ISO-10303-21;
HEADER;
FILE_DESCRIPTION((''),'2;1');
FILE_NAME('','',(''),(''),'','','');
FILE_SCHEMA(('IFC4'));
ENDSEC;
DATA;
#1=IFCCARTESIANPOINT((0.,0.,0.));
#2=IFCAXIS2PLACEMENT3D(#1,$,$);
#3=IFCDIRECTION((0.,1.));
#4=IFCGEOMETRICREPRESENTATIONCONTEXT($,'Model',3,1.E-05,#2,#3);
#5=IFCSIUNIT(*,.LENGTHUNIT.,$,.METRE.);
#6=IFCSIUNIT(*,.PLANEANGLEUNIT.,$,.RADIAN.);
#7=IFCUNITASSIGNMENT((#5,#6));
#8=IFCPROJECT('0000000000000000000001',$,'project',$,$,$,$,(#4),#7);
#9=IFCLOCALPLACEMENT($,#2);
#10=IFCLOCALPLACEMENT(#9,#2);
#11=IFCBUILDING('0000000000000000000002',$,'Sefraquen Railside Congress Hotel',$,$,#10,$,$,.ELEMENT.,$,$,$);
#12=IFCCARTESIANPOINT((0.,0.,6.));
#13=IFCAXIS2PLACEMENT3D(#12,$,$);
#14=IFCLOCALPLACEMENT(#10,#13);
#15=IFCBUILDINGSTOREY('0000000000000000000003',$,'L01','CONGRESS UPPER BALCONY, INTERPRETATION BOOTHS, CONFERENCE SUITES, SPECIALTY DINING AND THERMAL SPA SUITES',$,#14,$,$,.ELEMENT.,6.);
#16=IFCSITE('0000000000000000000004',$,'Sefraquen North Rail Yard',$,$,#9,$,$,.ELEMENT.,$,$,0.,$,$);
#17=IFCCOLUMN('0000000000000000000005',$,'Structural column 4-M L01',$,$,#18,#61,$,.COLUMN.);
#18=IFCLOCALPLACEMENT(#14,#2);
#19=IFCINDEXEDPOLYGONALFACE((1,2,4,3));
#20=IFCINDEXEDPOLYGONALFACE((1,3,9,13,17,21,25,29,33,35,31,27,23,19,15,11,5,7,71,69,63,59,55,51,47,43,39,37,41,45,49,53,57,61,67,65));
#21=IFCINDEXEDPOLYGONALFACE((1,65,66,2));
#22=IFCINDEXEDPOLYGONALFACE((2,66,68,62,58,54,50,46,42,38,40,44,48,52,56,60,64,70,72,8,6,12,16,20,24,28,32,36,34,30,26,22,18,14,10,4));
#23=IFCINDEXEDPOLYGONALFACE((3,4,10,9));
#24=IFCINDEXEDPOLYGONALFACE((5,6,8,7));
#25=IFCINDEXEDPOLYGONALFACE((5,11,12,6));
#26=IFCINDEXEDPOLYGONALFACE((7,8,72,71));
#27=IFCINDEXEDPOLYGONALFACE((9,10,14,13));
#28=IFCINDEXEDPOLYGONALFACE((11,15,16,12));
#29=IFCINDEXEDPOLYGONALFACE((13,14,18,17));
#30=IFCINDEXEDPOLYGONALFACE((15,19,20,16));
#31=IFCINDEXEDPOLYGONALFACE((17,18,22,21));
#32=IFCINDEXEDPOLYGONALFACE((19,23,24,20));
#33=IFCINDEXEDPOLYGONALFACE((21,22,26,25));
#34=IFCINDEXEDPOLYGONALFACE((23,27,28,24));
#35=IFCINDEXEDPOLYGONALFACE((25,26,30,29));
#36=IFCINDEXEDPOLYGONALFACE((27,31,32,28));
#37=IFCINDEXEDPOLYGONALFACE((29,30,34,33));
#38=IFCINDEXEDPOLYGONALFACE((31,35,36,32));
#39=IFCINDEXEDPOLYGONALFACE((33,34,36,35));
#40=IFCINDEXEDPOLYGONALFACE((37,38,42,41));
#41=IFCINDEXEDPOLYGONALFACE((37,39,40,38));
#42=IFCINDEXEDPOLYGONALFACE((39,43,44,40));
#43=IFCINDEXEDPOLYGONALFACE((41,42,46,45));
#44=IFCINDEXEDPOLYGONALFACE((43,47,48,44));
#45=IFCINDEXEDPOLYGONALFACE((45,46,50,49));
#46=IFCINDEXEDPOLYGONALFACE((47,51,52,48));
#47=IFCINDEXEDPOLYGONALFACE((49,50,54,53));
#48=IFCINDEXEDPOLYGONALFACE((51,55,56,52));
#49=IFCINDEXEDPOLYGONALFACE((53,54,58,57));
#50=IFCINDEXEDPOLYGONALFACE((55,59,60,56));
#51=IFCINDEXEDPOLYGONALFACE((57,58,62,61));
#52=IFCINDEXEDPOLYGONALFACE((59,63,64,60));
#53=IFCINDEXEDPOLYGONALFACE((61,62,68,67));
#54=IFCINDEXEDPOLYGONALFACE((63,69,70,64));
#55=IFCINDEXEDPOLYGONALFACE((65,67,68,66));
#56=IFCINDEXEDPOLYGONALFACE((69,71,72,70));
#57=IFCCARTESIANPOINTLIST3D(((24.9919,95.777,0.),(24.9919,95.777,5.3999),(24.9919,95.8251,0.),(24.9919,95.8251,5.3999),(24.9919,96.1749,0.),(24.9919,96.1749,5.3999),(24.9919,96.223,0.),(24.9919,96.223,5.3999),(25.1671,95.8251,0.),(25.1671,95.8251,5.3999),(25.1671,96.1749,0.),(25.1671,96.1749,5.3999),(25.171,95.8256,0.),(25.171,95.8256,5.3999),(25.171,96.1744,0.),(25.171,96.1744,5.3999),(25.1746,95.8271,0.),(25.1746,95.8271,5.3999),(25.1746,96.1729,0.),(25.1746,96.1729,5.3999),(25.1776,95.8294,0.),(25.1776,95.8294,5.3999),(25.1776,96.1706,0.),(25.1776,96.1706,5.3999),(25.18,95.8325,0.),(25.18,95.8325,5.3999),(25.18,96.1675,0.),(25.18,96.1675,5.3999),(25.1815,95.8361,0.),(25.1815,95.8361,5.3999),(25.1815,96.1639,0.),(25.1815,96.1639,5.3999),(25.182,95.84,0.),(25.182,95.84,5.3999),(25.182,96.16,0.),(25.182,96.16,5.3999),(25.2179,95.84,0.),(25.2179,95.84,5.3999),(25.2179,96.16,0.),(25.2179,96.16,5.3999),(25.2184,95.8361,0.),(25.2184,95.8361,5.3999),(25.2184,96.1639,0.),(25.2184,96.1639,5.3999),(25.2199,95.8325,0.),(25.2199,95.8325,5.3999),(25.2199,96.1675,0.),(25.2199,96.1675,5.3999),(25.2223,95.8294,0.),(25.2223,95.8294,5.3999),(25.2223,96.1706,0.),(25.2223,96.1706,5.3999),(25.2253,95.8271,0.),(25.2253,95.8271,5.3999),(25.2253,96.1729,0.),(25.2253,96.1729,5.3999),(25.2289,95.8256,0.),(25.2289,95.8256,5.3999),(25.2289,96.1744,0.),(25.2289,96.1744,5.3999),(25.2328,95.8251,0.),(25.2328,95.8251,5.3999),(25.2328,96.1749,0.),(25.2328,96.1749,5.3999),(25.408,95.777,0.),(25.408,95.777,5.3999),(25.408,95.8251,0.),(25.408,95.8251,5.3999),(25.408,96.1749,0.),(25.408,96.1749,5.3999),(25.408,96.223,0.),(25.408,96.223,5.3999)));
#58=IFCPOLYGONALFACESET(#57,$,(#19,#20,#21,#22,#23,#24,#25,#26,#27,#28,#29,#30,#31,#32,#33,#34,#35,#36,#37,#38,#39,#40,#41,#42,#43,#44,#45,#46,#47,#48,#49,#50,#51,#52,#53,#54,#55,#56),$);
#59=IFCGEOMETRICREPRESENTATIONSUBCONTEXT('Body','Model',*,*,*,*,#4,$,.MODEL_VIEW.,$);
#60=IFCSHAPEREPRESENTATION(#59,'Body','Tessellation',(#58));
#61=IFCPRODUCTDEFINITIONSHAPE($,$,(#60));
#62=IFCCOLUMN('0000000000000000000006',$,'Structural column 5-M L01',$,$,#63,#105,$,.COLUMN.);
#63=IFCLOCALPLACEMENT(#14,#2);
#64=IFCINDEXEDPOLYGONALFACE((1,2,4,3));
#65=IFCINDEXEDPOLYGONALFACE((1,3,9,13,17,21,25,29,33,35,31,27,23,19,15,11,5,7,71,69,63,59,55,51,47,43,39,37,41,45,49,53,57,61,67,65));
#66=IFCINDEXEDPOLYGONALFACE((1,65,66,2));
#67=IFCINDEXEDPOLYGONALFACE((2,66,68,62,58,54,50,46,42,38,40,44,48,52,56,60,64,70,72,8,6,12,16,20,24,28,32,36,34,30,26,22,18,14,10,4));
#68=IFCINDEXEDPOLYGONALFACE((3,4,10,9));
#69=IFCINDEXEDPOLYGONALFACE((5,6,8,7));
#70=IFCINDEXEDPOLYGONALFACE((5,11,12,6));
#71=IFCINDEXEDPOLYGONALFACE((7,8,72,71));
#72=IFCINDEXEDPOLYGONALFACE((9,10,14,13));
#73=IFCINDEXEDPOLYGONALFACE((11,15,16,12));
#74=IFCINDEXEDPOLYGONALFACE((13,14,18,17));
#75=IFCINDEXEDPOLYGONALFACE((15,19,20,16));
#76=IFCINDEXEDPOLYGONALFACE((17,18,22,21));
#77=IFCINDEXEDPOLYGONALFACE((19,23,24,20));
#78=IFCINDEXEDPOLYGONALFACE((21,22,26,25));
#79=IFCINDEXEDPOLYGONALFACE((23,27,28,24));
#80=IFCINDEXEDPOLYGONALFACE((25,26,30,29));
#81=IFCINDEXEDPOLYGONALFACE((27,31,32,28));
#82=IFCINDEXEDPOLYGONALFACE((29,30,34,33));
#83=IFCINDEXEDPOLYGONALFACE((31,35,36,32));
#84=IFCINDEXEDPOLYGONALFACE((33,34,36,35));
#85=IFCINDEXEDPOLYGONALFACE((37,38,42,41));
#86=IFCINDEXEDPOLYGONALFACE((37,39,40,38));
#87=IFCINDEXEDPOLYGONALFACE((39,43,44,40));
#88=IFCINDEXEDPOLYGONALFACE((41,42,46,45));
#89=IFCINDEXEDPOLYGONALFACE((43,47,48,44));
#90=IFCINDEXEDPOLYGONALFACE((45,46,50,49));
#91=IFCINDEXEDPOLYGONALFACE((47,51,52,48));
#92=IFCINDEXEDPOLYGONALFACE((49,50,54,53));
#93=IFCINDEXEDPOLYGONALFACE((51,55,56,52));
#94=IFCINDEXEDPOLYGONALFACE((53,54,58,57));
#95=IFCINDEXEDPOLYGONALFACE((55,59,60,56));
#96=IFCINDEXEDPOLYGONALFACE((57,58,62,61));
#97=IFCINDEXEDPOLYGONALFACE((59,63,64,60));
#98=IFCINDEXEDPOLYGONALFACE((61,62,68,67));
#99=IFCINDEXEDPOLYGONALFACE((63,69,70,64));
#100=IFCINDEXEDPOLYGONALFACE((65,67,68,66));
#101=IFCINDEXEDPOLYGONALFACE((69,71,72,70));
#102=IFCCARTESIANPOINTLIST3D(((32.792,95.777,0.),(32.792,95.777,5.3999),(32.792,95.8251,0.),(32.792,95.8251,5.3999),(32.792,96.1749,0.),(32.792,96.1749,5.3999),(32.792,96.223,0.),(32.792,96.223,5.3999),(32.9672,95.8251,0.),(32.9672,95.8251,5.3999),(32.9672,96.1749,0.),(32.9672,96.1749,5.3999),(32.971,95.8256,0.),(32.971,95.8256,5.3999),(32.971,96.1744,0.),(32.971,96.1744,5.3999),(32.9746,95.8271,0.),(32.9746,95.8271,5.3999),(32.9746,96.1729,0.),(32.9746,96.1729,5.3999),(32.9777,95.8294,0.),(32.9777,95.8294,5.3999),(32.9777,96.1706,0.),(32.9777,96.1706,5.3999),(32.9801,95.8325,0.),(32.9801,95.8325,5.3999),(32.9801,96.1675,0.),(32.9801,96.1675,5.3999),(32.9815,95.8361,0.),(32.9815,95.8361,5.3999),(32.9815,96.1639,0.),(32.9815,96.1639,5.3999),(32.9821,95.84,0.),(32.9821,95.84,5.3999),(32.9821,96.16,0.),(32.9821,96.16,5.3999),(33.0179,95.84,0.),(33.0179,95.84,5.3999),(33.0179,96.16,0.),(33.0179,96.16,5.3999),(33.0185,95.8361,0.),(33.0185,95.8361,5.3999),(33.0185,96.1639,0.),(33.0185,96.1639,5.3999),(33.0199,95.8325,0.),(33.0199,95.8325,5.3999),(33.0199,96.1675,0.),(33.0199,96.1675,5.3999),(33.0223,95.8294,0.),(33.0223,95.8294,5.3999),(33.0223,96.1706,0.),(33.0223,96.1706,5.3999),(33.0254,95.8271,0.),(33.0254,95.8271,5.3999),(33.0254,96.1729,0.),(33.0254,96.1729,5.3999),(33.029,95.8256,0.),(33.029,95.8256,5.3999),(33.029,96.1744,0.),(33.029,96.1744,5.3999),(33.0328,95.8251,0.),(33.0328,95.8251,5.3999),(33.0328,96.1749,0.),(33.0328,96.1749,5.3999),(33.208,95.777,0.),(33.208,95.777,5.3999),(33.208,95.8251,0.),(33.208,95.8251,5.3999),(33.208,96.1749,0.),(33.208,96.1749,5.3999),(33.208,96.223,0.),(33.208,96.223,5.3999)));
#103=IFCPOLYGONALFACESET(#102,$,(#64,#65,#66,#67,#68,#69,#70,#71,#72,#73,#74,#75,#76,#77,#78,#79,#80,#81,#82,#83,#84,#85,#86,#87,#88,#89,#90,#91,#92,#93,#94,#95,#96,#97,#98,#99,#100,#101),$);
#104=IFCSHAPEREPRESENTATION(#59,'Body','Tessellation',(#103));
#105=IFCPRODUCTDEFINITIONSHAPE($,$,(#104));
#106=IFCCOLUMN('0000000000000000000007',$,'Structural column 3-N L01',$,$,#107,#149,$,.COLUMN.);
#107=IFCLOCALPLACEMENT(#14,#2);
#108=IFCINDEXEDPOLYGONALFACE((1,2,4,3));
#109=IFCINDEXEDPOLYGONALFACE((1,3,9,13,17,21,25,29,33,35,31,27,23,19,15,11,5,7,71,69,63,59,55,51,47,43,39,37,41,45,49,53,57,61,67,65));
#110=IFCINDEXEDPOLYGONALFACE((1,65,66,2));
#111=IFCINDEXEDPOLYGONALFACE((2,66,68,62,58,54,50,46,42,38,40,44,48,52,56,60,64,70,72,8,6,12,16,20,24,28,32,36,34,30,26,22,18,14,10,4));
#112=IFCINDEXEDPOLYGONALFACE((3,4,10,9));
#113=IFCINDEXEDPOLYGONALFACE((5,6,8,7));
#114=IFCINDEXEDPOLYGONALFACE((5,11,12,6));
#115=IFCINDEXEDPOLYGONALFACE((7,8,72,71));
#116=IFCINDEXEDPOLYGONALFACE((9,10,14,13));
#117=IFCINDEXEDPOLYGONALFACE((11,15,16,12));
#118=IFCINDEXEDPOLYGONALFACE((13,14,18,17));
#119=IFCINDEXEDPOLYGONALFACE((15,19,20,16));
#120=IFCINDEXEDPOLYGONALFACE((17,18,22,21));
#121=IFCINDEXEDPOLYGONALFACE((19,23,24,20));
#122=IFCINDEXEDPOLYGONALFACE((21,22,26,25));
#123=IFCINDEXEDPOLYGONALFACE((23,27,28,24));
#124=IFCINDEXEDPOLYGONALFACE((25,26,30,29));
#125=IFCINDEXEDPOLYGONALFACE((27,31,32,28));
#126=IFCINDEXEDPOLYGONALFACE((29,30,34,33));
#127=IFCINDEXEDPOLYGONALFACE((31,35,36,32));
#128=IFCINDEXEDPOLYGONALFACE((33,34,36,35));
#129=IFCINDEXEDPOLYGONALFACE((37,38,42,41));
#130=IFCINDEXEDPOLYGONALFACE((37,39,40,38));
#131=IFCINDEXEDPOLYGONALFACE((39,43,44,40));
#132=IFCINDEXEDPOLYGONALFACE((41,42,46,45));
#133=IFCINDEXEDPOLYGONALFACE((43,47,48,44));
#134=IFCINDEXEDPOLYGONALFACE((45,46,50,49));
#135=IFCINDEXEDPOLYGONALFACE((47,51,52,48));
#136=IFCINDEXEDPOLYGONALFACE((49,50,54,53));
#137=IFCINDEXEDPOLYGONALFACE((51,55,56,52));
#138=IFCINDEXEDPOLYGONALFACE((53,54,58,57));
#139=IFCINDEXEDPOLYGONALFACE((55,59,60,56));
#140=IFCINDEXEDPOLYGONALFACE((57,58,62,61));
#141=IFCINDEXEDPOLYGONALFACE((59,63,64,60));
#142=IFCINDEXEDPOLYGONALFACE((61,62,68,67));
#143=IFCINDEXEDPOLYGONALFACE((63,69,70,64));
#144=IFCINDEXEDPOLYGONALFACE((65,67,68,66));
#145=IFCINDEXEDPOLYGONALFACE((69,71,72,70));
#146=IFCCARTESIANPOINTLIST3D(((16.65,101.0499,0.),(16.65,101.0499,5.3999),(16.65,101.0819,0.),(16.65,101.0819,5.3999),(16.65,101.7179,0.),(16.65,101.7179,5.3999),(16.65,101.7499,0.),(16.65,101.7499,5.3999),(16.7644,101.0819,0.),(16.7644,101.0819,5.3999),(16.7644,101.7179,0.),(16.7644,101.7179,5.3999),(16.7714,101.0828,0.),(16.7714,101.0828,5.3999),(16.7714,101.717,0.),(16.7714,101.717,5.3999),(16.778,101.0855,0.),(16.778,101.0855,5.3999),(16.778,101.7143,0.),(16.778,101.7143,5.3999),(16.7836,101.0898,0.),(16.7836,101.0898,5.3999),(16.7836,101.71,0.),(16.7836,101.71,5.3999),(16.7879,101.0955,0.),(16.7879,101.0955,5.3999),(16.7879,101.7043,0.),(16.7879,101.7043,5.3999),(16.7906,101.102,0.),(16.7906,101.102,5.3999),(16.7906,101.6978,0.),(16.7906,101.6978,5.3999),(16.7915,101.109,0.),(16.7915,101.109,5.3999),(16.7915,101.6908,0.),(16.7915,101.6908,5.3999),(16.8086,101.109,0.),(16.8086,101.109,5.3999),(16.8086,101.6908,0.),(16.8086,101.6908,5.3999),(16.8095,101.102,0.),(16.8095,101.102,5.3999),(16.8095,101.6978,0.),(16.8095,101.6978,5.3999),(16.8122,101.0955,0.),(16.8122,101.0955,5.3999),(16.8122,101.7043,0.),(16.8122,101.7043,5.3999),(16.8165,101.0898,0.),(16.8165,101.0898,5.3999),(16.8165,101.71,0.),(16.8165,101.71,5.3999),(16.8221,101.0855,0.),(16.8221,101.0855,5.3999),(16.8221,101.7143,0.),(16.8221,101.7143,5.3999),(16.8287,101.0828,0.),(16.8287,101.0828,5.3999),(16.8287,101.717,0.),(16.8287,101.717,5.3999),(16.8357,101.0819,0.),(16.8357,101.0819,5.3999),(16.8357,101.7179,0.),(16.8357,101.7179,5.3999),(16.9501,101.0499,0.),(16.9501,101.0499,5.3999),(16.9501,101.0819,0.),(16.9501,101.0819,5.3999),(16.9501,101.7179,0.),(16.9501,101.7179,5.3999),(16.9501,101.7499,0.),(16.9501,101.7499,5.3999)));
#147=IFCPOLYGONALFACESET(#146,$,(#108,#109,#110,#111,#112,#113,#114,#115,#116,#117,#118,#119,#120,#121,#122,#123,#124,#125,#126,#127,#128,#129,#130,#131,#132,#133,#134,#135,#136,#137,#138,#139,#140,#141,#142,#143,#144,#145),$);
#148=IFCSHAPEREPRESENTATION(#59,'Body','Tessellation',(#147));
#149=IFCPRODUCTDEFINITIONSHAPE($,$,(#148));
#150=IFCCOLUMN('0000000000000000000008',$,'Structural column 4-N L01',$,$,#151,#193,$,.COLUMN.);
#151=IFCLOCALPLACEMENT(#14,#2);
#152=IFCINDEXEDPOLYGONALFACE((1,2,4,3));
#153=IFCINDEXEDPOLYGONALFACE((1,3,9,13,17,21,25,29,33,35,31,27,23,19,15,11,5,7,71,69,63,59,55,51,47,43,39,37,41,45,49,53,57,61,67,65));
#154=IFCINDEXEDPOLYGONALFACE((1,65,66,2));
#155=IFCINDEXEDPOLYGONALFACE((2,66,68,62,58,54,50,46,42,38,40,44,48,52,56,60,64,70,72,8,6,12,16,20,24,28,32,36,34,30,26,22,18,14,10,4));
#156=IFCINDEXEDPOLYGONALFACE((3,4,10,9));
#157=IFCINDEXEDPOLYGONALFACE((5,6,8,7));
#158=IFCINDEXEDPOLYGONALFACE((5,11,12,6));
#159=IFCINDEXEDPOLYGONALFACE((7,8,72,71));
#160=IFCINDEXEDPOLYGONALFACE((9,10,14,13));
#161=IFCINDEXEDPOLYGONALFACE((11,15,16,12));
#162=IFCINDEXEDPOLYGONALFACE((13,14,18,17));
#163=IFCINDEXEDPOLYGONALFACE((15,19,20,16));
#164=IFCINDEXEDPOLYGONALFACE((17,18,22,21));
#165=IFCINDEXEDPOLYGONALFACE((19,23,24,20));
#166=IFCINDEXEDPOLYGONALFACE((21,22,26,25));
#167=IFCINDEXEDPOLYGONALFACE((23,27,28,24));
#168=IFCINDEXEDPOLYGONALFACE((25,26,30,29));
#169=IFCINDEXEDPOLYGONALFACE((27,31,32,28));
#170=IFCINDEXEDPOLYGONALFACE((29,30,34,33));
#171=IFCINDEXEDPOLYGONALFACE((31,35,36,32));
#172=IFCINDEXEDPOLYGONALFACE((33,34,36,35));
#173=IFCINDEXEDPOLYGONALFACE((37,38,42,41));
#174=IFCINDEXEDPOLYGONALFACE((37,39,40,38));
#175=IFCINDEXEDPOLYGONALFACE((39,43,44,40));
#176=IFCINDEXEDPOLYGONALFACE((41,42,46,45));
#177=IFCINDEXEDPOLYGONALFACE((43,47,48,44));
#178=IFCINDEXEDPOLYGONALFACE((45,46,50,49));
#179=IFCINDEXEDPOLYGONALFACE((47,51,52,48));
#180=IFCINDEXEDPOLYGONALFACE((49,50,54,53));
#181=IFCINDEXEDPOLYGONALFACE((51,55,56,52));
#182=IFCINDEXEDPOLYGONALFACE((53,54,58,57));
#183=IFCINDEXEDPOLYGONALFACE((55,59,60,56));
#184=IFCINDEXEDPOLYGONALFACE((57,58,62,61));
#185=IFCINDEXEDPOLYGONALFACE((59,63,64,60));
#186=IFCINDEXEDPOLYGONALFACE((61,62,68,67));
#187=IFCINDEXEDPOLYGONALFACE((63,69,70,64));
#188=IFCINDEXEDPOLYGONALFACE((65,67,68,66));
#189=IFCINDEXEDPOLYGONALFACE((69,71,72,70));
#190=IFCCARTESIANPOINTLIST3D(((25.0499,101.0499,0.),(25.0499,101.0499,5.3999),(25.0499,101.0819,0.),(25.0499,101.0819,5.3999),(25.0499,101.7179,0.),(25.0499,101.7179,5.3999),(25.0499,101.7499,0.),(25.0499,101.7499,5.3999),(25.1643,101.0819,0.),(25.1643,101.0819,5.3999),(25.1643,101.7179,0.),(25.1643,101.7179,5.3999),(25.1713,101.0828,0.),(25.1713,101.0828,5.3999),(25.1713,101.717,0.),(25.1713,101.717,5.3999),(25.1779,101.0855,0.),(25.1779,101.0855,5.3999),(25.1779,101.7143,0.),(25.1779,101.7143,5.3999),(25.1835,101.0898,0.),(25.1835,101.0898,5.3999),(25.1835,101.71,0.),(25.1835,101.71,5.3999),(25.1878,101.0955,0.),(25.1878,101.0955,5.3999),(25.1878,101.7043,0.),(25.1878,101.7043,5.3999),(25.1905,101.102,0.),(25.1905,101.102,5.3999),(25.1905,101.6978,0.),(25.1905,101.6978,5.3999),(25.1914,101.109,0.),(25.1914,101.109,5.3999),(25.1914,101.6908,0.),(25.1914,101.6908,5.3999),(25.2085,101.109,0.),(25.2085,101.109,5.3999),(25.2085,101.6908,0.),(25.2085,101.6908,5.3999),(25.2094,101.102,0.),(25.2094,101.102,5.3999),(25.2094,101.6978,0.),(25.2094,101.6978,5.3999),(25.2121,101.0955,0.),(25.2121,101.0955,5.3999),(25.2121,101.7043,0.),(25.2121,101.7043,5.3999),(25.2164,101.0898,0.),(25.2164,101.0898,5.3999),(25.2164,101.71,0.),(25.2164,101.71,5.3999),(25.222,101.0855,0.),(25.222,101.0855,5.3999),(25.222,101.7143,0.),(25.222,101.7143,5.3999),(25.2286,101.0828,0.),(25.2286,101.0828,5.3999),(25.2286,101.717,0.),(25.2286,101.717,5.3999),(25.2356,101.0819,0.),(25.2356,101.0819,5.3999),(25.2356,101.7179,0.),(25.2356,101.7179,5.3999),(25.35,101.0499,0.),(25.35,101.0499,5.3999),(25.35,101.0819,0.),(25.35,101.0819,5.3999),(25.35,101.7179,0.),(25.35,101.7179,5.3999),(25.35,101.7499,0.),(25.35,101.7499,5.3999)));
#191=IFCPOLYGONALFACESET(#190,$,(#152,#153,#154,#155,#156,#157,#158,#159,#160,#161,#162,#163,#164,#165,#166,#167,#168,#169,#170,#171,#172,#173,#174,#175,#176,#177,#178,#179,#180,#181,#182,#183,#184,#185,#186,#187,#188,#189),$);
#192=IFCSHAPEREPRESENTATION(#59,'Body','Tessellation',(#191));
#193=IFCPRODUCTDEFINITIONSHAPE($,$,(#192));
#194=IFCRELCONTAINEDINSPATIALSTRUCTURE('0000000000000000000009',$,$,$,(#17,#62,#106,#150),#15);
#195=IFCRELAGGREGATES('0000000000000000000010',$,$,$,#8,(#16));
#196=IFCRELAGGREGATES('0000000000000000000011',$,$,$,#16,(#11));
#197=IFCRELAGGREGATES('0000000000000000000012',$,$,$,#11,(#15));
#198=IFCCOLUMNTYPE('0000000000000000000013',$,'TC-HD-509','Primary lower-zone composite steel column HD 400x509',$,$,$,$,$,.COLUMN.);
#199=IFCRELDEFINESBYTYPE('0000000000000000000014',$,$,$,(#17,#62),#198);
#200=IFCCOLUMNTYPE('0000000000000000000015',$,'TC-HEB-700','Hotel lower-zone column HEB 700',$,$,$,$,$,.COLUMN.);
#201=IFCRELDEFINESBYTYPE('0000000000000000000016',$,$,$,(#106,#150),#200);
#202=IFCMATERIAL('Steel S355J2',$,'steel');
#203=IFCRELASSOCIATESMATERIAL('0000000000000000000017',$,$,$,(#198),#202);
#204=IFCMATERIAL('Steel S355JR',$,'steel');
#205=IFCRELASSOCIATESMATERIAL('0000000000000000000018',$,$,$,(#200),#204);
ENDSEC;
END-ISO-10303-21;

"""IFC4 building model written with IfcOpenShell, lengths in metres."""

from ifc_helpers import new_model, si_unit, direction, frame, origin, origin_2d, place, context, subcontext, project, spatial, i_section, extrude, material, material_profile, profile_set, type_object, element, save


model = new_model("IFC4")

# Units and contexts
model_context = context("Model", 3, precision=1e-05, world=origin(), true_north=direction((0.0, 1.0)))
body_context = subcontext(model_context, "Body", "Model", "MODEL_VIEW")
ifc_project = project(units=[si_unit("LENGTHUNIT", "METRE"), si_unit("PLANEANGLEUNIT", "RADIAN")], contexts=[model_context])

# Site, building, storey
site_placement = place(None, origin())
site = spatial("IfcSite", under=ifc_project, at=site_placement, Name="Sefraquen North Rail Yard", CompositionType="ELEMENT", RefElevation=0.0)
building_placement = place(site_placement, origin())
building = spatial("IfcBuilding", under=site, at=building_placement, Name="Sefraquen Railside Congress Hotel", CompositionType="ELEMENT")
storey_placement = place(building_placement, frame((0.0, 0.0, 6.0)))
storey = spatial("IfcBuildingStorey", under=building, at=storey_placement, Name="L01", Description="CONGRESS UPPER BALCONY, INTERPRETATION BOOTHS, CONFERENCE SUITES, SPECIALTY DINING AND THERMAL SPA SUITES", CompositionType="ELEMENT", Elevation=6.0)

# Columns
ifc_material_1 = material(Name="Steel S355J2", Category="steel")
ifc_material_profile_1 = material_profile(ifc_material_1, i_section(OverallWidth=0.416, OverallDepth=0.446, WebThickness=0.0359, FlangeThickness=0.0481, FilletRadius=0.0149, at=origin_2d()), Name="HD 400x509")
ifc_profile_set_1 = profile_set([ifc_material_profile_1], Name="Steel S355J2")
column_type_1 = type_object("IfcColumnType", Name="TC-HD-509", Description="Primary lower-zone composite steel column HD 400x509", PredefinedType="COLUMN", material=ifc_profile_set_1)
for number, where, z_axis, x_axis, name in (
    (1, (25.2, 96.0, 0.0), (0.0, 0.0, 1.0), (1.0, 0.0, 0.0), "Structural column 4-M L01"),
    (2, (33.0, 96.0, 0.0), (0.0, 0.0, 1.0), (1.0, 0.0, 0.0), "Structural column 5-M L01"),
):
    element("IfcColumn", number, at=place(storey_placement, frame(where, z_axis=z_axis, x_axis=x_axis)), inside=storey, type_object=column_type_1, Name=name, PredefinedType="COLUMN", context=body_context, shape_type="SweptSolid", body=[
        extrude(i_section(OverallWidth=0.416, OverallDepth=0.446, WebThickness=0.0359, FlangeThickness=0.0481, FilletRadius=0.0149, at=origin_2d()), origin(), (0.0, 0.0, 1.0), 5.3999),
    ])
ifc_material_2 = material(Name="Steel S355JR", Category="steel")
ifc_material_profile_2 = material_profile(ifc_material_2, i_section(OverallWidth=0.3, OverallDepth=0.7, WebThickness=0.0171, FlangeThickness=0.032, FilletRadius=0.0271, at=origin_2d()), Name="HEB 700")
ifc_profile_set_2 = profile_set([ifc_material_profile_2], Name="Steel S355JR")
column_type_2 = type_object("IfcColumnType", Name="TC-HEB-700", Description="Hotel lower-zone column HEB 700", PredefinedType="COLUMN", material=ifc_profile_set_2)
for number, where, z_axis, x_axis, name in (
    (3, (16.8, 101.3999, 0.0), (0.0, 0.0, 1.0), (1.0, 0.0, 0.0), "Structural column 3-N L01"),
    (4, (25.2, 101.3999, 0.0), (0.0, 0.0, 1.0), (1.0, 0.0, 0.0), "Structural column 4-N L01"),
):
    element("IfcColumn", number, at=place(storey_placement, frame(where, z_axis=z_axis, x_axis=x_axis)), inside=storey, type_object=column_type_2, Name=name, PredefinedType="COLUMN", context=body_context, shape_type="SweptSolid", body=[
        extrude(i_section(OverallWidth=0.3, OverallDepth=0.7, WebThickness=0.0171, FlangeThickness=0.032, FilletRadius=0.0271, at=origin_2d()), origin(), (0.0, 0.0, 1.0), 5.3999),
    ])

save(model, "model.ifc")
